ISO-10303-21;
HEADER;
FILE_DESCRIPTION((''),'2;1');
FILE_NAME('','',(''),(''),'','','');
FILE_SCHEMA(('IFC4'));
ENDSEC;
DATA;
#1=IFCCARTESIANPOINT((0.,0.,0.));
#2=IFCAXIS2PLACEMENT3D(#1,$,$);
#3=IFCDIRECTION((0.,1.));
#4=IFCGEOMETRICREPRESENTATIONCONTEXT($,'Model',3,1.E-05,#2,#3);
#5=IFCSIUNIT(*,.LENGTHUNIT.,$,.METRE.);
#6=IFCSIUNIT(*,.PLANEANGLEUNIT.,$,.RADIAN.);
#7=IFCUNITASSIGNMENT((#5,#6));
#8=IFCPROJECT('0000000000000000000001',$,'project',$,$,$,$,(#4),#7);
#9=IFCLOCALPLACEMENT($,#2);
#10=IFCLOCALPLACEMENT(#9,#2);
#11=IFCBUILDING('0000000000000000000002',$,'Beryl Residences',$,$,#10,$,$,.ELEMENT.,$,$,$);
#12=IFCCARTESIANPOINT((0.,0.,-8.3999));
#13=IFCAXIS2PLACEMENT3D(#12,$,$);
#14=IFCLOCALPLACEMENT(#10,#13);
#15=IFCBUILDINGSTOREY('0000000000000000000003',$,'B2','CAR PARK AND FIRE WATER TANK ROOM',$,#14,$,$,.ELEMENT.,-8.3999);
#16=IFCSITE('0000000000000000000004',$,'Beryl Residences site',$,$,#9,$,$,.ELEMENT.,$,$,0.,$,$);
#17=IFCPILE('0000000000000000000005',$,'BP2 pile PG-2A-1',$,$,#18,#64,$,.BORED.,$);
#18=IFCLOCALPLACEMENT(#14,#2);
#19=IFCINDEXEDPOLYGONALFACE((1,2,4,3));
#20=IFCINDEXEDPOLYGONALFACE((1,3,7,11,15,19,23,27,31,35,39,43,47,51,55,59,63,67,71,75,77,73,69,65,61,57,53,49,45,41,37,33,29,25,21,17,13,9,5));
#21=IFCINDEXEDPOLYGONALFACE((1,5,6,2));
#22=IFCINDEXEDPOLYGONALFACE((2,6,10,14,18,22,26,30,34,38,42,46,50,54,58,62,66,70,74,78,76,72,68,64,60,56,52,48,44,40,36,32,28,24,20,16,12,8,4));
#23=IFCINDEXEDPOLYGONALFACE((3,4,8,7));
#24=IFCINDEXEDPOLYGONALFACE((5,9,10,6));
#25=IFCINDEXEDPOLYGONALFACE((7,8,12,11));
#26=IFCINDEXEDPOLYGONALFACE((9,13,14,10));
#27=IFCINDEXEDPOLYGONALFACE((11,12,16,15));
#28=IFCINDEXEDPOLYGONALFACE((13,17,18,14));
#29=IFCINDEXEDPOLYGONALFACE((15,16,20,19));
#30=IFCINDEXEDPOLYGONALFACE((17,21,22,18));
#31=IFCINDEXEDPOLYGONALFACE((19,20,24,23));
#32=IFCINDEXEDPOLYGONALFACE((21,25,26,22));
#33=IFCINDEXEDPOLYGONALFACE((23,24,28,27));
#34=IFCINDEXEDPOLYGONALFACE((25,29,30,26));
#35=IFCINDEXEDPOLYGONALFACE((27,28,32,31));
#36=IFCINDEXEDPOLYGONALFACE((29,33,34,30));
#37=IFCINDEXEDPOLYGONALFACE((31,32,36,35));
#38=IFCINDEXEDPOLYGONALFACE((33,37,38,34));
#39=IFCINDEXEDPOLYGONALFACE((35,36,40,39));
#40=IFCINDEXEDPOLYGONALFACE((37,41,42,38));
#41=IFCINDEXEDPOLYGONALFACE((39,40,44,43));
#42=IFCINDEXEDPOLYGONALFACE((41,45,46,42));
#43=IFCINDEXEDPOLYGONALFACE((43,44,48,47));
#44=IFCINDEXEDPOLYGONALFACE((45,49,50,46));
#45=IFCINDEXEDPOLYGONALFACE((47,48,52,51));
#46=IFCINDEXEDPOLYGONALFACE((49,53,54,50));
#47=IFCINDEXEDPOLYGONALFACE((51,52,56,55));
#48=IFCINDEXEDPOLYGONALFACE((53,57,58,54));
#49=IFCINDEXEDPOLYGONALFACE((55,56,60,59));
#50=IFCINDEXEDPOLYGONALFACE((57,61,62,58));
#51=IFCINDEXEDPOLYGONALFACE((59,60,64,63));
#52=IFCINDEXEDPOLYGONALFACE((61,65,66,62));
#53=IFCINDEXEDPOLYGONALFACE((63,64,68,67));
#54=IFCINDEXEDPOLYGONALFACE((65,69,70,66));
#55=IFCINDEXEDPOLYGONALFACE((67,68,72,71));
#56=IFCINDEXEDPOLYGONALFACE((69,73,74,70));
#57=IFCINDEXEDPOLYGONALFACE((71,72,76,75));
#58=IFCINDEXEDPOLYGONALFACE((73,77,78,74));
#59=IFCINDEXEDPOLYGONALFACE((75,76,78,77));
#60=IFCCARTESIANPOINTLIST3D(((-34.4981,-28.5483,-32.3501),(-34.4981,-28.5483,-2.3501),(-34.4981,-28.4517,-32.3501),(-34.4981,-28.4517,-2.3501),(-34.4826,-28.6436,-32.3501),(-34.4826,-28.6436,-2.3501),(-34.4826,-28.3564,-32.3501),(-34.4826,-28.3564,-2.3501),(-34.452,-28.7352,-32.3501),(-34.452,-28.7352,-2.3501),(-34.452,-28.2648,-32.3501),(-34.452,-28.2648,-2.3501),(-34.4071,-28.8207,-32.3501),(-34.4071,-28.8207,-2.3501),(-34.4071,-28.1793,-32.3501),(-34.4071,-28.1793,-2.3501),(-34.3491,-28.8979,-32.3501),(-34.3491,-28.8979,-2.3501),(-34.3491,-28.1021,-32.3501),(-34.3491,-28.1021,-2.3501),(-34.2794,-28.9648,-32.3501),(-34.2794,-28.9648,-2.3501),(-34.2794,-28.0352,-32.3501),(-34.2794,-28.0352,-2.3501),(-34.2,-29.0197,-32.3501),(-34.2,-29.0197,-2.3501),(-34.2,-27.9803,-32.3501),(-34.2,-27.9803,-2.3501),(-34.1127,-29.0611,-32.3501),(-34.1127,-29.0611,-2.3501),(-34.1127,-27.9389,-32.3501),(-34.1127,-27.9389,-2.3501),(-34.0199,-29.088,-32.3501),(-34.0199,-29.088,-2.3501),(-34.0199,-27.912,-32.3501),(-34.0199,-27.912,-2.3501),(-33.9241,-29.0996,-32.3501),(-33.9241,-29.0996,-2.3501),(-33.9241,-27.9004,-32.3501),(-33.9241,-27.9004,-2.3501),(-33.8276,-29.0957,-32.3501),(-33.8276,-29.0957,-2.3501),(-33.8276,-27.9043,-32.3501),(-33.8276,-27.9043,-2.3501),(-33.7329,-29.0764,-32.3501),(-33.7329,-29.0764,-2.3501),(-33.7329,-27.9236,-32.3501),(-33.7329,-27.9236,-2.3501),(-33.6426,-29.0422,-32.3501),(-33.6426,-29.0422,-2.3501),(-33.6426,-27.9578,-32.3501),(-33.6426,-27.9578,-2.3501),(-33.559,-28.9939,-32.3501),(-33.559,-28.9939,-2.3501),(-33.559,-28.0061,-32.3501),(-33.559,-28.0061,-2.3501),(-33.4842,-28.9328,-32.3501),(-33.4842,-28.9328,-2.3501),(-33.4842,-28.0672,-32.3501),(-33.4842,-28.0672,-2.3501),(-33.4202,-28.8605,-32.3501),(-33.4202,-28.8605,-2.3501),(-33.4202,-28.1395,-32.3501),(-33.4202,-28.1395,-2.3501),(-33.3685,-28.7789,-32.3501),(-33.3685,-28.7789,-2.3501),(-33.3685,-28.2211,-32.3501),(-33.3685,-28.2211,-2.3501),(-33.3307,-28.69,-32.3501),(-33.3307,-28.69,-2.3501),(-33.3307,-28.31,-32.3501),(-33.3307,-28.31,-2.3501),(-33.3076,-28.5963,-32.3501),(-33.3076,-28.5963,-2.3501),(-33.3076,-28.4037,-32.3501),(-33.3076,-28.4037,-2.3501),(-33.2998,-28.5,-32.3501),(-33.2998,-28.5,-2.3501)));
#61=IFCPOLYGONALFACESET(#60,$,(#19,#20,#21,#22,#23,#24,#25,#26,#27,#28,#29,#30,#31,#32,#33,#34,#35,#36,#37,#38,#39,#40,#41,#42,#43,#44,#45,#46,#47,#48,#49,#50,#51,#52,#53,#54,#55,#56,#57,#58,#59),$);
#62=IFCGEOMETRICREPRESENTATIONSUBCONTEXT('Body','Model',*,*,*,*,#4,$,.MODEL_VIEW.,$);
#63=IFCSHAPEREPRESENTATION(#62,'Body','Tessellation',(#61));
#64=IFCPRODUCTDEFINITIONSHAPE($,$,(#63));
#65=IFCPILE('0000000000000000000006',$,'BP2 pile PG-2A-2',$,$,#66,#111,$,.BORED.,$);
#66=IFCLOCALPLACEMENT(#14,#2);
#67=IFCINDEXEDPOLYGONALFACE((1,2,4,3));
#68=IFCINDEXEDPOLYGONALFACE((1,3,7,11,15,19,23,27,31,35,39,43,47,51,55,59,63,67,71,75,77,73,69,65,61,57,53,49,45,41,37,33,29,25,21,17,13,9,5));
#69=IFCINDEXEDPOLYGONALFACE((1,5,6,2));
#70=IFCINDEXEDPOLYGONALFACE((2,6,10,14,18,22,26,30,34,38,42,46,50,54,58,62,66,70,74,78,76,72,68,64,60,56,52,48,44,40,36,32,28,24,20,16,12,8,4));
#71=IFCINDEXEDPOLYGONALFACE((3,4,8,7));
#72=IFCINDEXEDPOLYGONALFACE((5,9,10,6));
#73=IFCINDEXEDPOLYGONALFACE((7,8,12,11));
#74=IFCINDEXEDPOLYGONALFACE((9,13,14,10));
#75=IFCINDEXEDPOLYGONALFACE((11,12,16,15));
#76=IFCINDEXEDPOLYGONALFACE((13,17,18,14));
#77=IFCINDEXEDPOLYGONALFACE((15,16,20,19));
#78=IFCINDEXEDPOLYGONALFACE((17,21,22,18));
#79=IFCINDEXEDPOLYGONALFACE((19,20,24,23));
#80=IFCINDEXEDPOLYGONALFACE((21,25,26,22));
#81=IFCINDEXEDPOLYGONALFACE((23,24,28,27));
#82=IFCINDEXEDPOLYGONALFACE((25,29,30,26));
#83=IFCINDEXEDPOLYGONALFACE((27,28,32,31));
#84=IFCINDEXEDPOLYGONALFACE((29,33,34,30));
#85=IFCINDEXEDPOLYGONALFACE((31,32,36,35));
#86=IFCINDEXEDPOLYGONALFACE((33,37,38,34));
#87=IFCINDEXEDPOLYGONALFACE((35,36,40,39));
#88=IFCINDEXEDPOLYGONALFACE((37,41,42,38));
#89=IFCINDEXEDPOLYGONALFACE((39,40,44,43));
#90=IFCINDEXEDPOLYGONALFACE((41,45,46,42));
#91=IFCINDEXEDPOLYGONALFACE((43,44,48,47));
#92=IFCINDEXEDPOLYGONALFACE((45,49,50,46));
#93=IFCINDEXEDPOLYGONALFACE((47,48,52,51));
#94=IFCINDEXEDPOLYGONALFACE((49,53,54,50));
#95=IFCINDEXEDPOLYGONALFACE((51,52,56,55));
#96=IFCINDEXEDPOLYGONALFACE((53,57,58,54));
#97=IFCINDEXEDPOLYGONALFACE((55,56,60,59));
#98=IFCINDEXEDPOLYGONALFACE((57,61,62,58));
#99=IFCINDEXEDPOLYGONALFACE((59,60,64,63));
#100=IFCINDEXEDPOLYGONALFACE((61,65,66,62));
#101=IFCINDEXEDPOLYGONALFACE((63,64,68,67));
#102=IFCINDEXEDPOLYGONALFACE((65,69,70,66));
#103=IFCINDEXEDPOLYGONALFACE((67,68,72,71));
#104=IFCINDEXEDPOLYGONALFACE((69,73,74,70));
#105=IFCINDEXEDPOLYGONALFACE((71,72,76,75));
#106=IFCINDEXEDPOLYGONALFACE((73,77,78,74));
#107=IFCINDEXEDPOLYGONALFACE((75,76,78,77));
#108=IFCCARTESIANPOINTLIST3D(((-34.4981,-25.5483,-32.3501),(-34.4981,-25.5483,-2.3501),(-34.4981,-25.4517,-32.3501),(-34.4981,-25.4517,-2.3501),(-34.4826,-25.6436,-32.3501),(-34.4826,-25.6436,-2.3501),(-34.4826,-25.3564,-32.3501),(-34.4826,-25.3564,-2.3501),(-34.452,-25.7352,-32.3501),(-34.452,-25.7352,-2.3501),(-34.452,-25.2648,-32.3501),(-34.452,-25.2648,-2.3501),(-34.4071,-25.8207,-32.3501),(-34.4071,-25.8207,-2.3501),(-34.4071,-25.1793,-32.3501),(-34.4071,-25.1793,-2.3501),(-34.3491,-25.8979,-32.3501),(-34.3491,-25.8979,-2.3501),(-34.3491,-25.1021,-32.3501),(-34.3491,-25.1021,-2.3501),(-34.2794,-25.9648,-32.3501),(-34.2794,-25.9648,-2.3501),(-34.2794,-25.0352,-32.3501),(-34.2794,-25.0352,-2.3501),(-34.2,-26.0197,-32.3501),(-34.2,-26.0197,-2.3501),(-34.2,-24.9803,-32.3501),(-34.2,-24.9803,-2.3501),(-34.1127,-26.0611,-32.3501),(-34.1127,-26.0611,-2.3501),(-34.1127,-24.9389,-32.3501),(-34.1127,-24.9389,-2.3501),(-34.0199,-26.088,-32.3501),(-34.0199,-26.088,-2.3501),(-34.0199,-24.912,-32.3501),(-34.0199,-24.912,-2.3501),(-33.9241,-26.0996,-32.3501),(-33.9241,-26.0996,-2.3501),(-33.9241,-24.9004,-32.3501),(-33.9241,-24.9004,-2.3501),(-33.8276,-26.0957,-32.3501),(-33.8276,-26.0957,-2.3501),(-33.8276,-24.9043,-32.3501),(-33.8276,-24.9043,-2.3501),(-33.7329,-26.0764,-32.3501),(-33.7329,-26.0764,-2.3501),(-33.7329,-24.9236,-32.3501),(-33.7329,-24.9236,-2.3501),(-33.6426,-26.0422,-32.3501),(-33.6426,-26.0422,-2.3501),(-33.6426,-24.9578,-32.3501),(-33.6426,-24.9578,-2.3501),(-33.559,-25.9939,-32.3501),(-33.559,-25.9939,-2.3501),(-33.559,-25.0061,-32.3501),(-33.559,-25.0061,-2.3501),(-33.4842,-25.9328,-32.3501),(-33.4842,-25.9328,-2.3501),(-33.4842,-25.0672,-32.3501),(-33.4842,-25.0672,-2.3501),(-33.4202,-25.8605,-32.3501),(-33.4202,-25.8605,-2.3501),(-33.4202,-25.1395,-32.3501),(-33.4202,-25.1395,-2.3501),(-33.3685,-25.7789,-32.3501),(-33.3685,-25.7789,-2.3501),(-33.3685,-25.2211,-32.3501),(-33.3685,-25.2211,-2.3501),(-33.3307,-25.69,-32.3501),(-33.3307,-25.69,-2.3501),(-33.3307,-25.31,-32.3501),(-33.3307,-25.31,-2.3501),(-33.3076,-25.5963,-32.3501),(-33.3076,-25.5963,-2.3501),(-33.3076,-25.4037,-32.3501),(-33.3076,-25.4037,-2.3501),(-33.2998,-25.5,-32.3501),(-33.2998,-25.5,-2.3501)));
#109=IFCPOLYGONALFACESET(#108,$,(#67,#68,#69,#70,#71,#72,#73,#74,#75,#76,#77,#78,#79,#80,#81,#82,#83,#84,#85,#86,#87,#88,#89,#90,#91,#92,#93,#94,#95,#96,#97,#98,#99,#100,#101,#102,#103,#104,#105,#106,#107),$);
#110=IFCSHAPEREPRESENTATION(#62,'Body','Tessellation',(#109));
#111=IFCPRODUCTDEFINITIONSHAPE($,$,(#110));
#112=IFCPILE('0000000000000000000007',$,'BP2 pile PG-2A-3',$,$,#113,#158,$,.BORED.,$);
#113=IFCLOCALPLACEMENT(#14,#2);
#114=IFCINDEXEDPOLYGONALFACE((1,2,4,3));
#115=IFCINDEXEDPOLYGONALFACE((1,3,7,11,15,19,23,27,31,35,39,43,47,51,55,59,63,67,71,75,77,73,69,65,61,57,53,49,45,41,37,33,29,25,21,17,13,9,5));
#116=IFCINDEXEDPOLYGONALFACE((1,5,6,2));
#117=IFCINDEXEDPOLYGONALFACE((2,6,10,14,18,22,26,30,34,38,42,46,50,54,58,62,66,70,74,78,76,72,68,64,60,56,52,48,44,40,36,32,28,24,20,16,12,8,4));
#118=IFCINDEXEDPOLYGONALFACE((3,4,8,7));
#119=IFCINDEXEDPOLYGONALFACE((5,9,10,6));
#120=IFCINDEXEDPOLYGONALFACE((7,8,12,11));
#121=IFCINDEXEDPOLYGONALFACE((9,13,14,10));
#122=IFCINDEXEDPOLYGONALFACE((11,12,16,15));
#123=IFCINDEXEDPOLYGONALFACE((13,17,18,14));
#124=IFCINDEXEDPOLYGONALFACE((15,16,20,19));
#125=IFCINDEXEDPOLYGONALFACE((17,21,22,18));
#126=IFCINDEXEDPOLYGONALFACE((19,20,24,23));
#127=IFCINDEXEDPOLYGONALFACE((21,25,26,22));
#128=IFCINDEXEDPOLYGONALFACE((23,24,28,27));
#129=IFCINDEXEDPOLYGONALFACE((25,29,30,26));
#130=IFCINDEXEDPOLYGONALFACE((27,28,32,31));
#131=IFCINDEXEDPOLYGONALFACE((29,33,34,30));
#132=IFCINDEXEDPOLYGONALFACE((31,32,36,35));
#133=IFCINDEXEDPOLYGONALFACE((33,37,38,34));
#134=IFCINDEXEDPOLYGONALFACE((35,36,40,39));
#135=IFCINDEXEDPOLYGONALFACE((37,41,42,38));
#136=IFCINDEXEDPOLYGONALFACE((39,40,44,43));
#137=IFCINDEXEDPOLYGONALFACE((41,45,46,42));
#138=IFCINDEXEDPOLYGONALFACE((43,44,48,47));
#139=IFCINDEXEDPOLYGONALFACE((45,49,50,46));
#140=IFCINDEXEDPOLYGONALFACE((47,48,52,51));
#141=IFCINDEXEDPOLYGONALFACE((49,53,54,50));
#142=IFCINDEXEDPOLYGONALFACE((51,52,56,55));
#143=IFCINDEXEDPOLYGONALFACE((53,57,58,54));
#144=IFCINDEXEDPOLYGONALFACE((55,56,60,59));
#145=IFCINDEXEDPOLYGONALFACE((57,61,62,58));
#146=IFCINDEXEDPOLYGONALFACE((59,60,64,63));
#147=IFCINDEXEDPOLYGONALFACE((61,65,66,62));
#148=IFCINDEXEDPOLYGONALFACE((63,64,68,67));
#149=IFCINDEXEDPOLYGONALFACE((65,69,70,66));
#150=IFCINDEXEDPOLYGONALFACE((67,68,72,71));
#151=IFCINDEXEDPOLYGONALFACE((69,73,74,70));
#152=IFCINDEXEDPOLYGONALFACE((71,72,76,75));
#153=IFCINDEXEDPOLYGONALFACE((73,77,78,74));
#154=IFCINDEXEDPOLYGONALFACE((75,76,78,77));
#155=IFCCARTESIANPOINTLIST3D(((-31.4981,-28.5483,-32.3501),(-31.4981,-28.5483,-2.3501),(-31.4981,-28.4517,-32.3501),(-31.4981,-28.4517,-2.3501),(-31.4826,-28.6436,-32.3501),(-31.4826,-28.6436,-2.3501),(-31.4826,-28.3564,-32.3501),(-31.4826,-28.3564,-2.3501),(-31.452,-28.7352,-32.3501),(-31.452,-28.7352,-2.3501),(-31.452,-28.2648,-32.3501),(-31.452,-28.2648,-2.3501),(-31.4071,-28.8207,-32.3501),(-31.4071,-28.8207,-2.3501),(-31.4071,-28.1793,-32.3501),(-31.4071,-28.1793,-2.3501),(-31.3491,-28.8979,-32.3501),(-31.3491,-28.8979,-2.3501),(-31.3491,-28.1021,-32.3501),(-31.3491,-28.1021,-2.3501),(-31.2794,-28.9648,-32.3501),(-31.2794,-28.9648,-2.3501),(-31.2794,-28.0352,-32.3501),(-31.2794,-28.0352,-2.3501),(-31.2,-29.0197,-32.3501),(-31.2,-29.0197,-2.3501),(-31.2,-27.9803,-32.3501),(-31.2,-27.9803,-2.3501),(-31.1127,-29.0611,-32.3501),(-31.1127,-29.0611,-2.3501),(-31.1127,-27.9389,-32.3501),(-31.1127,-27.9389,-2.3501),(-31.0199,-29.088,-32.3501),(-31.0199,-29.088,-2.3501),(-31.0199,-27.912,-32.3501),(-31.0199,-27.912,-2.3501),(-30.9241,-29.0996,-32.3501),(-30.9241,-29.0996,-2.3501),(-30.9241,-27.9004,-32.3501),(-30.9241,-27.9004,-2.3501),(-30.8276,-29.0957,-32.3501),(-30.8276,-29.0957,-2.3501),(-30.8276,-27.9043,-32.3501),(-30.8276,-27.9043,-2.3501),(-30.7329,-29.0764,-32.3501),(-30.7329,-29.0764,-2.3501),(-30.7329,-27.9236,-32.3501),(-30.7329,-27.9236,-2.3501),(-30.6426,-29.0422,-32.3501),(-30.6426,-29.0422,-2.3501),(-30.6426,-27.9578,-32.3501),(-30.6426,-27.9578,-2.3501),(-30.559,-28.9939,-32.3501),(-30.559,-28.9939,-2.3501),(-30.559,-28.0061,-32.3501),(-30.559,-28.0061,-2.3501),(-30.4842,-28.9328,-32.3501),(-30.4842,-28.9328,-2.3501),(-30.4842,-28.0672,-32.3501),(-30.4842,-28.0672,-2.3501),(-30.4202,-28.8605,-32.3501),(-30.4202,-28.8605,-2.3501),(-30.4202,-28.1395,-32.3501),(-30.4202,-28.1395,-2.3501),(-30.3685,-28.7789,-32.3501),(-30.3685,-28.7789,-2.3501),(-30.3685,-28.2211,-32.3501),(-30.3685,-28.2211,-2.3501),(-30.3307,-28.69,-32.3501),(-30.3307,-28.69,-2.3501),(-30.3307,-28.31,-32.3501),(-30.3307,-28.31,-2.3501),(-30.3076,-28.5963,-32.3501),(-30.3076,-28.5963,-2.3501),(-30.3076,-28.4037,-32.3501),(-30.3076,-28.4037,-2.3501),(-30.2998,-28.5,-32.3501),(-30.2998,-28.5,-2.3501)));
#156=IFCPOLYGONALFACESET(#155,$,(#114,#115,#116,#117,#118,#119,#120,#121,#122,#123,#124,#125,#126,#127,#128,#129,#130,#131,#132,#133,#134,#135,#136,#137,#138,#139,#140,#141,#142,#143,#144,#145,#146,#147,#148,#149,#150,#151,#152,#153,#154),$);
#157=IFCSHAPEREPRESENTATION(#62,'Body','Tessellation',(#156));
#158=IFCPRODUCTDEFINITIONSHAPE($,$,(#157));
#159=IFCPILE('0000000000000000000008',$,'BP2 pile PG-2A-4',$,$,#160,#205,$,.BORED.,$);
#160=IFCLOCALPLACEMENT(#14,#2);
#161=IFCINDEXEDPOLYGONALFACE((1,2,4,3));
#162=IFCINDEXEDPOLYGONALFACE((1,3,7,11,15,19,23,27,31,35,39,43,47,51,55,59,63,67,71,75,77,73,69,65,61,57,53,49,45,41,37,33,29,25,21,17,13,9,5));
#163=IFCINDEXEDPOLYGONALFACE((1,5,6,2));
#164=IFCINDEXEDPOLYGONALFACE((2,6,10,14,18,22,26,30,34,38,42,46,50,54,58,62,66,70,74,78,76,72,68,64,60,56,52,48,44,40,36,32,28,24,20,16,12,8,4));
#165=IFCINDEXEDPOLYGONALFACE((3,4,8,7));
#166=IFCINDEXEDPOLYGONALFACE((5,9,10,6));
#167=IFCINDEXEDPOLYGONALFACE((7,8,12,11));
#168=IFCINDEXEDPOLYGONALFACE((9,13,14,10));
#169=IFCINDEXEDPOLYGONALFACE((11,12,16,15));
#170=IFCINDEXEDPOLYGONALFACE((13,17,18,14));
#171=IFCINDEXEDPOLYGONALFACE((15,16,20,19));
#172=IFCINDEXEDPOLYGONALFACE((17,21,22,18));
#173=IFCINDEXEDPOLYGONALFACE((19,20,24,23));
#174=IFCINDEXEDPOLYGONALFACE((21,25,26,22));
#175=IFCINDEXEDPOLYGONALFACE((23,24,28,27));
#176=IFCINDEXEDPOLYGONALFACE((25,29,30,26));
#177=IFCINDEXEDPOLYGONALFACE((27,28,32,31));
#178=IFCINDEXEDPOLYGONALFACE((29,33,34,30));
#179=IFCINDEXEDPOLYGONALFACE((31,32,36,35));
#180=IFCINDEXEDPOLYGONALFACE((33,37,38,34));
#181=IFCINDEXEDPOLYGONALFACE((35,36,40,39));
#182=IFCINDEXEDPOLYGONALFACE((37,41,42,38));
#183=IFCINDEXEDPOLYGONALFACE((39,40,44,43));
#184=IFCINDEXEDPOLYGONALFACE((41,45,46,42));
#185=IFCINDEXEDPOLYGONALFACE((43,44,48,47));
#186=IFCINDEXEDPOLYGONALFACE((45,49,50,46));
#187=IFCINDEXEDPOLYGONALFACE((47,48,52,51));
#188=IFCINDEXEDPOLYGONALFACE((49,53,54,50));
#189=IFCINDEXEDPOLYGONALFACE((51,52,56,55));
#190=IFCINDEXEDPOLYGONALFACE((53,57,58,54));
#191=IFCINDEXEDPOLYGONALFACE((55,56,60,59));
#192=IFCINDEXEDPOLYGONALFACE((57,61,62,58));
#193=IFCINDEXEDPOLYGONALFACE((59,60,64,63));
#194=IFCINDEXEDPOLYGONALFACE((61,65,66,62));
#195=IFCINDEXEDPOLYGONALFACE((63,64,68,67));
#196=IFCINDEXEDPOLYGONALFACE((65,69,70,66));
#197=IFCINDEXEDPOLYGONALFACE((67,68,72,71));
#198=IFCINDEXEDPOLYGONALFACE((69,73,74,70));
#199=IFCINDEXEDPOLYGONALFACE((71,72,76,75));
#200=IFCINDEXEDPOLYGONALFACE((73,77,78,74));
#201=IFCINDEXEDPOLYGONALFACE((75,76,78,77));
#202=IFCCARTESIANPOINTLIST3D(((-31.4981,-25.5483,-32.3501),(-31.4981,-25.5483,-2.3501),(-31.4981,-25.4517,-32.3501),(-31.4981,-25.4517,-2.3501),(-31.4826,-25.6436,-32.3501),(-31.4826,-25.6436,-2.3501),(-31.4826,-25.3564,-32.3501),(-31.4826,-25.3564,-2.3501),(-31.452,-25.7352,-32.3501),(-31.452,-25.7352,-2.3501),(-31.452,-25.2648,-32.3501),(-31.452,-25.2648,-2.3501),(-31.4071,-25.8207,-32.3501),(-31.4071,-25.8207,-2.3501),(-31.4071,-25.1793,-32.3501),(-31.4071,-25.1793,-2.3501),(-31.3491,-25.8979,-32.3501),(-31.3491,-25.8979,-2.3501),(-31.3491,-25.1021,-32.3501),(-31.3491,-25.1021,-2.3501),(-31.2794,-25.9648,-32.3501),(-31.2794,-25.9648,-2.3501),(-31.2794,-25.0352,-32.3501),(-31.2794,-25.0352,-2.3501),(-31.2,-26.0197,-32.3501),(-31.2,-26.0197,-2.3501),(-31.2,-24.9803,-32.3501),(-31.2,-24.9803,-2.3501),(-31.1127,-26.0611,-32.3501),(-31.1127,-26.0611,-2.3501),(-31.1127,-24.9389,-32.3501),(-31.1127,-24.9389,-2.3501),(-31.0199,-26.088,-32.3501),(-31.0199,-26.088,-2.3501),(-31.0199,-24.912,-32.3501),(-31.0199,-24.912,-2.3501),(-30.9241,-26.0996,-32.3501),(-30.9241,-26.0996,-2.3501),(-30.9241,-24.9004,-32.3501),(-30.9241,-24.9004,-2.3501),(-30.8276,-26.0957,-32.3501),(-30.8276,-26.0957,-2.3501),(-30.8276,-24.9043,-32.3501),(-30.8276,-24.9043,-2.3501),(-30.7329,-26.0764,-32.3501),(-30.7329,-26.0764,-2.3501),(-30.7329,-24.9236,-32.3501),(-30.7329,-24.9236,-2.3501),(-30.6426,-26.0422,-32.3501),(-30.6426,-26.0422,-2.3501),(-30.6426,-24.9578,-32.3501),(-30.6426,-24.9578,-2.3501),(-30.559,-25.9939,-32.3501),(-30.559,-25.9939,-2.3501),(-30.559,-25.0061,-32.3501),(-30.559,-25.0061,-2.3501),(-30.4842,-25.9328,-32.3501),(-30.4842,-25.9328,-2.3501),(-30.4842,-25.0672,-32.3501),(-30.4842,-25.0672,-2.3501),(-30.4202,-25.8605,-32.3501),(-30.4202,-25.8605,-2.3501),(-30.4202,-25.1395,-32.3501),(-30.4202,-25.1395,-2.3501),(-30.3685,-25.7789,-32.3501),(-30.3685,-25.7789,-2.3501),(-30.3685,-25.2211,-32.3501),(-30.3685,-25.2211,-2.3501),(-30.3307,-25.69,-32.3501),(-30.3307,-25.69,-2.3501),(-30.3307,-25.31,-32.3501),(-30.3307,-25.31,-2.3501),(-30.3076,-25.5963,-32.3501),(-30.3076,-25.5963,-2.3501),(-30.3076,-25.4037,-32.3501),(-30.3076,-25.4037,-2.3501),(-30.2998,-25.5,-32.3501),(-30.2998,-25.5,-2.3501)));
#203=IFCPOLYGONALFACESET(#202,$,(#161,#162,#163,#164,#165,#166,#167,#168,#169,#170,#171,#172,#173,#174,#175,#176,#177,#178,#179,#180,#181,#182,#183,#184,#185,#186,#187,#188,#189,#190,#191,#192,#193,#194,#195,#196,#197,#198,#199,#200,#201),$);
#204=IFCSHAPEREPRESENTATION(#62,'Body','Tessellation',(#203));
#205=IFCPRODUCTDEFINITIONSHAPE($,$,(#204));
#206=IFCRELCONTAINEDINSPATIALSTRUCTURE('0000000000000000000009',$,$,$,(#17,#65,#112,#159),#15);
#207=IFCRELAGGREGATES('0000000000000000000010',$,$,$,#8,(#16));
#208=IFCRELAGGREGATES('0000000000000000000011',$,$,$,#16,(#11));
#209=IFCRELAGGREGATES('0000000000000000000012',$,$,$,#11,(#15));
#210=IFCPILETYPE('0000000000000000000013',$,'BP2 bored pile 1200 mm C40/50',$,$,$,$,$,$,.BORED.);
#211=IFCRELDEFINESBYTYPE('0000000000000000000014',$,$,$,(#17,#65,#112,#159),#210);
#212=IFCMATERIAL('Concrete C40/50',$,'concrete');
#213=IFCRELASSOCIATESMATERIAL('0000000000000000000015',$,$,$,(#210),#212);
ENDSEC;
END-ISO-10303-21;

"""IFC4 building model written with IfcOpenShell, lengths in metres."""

from ifc_helpers import new_model, si_unit, direction, frame, origin, origin_2d, place, context, subcontext, project, spatial, circle, extrude, material, material_profile, profile_set, type_object, element, save


model = new_model("IFC4")

# Units and contexts
model_context = context("Model", 3, precision=1e-05, world=origin(), true_north=direction((0.0, 1.0)))
body_context = subcontext(model_context, "Body", "Model", "MODEL_VIEW")
ifc_project = project(units=[si_unit("LENGTHUNIT", "METRE"), si_unit("PLANEANGLEUNIT", "RADIAN")], contexts=[model_context])

# Site, building, storey
site_placement = place(None, origin())
site = spatial("IfcSite", under=ifc_project, at=site_placement, Name="Beryl Residences site", CompositionType="ELEMENT", RefElevation=0.0)
building_placement = place(site_placement, origin())
building = spatial("IfcBuilding", under=site, at=building_placement, Name="Beryl Residences", CompositionType="ELEMENT")
storey_placement = place(building_placement, frame((0.0, 0.0, -8.3999)))
storey = spatial("IfcBuildingStorey", under=building, at=storey_placement, Name="B2", Description="CAR PARK AND FIRE WATER TANK ROOM", CompositionType="ELEMENT", Elevation=-8.3999)

# Piles
ifc_material_1 = material(Name="Concrete C40/50", Category="concrete")
ifc_material_profile_1 = material_profile(ifc_material_1, circle(Radius=0.6001, at=origin_2d()))
ifc_profile_set_1 = profile_set([ifc_material_profile_1], Name="Concrete C40/50")
pile_type = type_object("IfcPileType", Name="BP2 bored pile 1200 mm C40/50", PredefinedType="BORED", material=ifc_profile_set_1)
for number, where, z_axis, x_axis, name in (
    (1, (-33.8999, -28.5, -2.3501), (0.0, 0.0, -1.0), (1.0, 0.0, 0.0), "BP2 pile PG-2A-1"),
    (2, (-33.8999, -25.5, -2.3501), (0.0, 0.0, -1.0), (1.0, 0.0, 0.0), "BP2 pile PG-2A-2"),
    (3, (-30.8999, -28.5, -2.3501), (0.0, 0.0, -1.0), (1.0, 0.0, 0.0), "BP2 pile PG-2A-3"),
    (4, (-30.8999, -25.5, -2.3501), (0.0, 0.0, -1.0), (1.0, 0.0, 0.0), "BP2 pile PG-2A-4"),
):
    element("IfcPile", number, at=place(storey_placement, frame(where, z_axis=z_axis, x_axis=x_axis)), inside=storey, type_object=pile_type, Name=name, PredefinedType="BORED", context=body_context, shape_type="SweptSolid", body=[
        extrude(circle(Radius=0.6001, at=origin_2d()), origin(), (0.0, 0.0, 1.0), 30.0),
    ])

save(model, "model.ifc")
